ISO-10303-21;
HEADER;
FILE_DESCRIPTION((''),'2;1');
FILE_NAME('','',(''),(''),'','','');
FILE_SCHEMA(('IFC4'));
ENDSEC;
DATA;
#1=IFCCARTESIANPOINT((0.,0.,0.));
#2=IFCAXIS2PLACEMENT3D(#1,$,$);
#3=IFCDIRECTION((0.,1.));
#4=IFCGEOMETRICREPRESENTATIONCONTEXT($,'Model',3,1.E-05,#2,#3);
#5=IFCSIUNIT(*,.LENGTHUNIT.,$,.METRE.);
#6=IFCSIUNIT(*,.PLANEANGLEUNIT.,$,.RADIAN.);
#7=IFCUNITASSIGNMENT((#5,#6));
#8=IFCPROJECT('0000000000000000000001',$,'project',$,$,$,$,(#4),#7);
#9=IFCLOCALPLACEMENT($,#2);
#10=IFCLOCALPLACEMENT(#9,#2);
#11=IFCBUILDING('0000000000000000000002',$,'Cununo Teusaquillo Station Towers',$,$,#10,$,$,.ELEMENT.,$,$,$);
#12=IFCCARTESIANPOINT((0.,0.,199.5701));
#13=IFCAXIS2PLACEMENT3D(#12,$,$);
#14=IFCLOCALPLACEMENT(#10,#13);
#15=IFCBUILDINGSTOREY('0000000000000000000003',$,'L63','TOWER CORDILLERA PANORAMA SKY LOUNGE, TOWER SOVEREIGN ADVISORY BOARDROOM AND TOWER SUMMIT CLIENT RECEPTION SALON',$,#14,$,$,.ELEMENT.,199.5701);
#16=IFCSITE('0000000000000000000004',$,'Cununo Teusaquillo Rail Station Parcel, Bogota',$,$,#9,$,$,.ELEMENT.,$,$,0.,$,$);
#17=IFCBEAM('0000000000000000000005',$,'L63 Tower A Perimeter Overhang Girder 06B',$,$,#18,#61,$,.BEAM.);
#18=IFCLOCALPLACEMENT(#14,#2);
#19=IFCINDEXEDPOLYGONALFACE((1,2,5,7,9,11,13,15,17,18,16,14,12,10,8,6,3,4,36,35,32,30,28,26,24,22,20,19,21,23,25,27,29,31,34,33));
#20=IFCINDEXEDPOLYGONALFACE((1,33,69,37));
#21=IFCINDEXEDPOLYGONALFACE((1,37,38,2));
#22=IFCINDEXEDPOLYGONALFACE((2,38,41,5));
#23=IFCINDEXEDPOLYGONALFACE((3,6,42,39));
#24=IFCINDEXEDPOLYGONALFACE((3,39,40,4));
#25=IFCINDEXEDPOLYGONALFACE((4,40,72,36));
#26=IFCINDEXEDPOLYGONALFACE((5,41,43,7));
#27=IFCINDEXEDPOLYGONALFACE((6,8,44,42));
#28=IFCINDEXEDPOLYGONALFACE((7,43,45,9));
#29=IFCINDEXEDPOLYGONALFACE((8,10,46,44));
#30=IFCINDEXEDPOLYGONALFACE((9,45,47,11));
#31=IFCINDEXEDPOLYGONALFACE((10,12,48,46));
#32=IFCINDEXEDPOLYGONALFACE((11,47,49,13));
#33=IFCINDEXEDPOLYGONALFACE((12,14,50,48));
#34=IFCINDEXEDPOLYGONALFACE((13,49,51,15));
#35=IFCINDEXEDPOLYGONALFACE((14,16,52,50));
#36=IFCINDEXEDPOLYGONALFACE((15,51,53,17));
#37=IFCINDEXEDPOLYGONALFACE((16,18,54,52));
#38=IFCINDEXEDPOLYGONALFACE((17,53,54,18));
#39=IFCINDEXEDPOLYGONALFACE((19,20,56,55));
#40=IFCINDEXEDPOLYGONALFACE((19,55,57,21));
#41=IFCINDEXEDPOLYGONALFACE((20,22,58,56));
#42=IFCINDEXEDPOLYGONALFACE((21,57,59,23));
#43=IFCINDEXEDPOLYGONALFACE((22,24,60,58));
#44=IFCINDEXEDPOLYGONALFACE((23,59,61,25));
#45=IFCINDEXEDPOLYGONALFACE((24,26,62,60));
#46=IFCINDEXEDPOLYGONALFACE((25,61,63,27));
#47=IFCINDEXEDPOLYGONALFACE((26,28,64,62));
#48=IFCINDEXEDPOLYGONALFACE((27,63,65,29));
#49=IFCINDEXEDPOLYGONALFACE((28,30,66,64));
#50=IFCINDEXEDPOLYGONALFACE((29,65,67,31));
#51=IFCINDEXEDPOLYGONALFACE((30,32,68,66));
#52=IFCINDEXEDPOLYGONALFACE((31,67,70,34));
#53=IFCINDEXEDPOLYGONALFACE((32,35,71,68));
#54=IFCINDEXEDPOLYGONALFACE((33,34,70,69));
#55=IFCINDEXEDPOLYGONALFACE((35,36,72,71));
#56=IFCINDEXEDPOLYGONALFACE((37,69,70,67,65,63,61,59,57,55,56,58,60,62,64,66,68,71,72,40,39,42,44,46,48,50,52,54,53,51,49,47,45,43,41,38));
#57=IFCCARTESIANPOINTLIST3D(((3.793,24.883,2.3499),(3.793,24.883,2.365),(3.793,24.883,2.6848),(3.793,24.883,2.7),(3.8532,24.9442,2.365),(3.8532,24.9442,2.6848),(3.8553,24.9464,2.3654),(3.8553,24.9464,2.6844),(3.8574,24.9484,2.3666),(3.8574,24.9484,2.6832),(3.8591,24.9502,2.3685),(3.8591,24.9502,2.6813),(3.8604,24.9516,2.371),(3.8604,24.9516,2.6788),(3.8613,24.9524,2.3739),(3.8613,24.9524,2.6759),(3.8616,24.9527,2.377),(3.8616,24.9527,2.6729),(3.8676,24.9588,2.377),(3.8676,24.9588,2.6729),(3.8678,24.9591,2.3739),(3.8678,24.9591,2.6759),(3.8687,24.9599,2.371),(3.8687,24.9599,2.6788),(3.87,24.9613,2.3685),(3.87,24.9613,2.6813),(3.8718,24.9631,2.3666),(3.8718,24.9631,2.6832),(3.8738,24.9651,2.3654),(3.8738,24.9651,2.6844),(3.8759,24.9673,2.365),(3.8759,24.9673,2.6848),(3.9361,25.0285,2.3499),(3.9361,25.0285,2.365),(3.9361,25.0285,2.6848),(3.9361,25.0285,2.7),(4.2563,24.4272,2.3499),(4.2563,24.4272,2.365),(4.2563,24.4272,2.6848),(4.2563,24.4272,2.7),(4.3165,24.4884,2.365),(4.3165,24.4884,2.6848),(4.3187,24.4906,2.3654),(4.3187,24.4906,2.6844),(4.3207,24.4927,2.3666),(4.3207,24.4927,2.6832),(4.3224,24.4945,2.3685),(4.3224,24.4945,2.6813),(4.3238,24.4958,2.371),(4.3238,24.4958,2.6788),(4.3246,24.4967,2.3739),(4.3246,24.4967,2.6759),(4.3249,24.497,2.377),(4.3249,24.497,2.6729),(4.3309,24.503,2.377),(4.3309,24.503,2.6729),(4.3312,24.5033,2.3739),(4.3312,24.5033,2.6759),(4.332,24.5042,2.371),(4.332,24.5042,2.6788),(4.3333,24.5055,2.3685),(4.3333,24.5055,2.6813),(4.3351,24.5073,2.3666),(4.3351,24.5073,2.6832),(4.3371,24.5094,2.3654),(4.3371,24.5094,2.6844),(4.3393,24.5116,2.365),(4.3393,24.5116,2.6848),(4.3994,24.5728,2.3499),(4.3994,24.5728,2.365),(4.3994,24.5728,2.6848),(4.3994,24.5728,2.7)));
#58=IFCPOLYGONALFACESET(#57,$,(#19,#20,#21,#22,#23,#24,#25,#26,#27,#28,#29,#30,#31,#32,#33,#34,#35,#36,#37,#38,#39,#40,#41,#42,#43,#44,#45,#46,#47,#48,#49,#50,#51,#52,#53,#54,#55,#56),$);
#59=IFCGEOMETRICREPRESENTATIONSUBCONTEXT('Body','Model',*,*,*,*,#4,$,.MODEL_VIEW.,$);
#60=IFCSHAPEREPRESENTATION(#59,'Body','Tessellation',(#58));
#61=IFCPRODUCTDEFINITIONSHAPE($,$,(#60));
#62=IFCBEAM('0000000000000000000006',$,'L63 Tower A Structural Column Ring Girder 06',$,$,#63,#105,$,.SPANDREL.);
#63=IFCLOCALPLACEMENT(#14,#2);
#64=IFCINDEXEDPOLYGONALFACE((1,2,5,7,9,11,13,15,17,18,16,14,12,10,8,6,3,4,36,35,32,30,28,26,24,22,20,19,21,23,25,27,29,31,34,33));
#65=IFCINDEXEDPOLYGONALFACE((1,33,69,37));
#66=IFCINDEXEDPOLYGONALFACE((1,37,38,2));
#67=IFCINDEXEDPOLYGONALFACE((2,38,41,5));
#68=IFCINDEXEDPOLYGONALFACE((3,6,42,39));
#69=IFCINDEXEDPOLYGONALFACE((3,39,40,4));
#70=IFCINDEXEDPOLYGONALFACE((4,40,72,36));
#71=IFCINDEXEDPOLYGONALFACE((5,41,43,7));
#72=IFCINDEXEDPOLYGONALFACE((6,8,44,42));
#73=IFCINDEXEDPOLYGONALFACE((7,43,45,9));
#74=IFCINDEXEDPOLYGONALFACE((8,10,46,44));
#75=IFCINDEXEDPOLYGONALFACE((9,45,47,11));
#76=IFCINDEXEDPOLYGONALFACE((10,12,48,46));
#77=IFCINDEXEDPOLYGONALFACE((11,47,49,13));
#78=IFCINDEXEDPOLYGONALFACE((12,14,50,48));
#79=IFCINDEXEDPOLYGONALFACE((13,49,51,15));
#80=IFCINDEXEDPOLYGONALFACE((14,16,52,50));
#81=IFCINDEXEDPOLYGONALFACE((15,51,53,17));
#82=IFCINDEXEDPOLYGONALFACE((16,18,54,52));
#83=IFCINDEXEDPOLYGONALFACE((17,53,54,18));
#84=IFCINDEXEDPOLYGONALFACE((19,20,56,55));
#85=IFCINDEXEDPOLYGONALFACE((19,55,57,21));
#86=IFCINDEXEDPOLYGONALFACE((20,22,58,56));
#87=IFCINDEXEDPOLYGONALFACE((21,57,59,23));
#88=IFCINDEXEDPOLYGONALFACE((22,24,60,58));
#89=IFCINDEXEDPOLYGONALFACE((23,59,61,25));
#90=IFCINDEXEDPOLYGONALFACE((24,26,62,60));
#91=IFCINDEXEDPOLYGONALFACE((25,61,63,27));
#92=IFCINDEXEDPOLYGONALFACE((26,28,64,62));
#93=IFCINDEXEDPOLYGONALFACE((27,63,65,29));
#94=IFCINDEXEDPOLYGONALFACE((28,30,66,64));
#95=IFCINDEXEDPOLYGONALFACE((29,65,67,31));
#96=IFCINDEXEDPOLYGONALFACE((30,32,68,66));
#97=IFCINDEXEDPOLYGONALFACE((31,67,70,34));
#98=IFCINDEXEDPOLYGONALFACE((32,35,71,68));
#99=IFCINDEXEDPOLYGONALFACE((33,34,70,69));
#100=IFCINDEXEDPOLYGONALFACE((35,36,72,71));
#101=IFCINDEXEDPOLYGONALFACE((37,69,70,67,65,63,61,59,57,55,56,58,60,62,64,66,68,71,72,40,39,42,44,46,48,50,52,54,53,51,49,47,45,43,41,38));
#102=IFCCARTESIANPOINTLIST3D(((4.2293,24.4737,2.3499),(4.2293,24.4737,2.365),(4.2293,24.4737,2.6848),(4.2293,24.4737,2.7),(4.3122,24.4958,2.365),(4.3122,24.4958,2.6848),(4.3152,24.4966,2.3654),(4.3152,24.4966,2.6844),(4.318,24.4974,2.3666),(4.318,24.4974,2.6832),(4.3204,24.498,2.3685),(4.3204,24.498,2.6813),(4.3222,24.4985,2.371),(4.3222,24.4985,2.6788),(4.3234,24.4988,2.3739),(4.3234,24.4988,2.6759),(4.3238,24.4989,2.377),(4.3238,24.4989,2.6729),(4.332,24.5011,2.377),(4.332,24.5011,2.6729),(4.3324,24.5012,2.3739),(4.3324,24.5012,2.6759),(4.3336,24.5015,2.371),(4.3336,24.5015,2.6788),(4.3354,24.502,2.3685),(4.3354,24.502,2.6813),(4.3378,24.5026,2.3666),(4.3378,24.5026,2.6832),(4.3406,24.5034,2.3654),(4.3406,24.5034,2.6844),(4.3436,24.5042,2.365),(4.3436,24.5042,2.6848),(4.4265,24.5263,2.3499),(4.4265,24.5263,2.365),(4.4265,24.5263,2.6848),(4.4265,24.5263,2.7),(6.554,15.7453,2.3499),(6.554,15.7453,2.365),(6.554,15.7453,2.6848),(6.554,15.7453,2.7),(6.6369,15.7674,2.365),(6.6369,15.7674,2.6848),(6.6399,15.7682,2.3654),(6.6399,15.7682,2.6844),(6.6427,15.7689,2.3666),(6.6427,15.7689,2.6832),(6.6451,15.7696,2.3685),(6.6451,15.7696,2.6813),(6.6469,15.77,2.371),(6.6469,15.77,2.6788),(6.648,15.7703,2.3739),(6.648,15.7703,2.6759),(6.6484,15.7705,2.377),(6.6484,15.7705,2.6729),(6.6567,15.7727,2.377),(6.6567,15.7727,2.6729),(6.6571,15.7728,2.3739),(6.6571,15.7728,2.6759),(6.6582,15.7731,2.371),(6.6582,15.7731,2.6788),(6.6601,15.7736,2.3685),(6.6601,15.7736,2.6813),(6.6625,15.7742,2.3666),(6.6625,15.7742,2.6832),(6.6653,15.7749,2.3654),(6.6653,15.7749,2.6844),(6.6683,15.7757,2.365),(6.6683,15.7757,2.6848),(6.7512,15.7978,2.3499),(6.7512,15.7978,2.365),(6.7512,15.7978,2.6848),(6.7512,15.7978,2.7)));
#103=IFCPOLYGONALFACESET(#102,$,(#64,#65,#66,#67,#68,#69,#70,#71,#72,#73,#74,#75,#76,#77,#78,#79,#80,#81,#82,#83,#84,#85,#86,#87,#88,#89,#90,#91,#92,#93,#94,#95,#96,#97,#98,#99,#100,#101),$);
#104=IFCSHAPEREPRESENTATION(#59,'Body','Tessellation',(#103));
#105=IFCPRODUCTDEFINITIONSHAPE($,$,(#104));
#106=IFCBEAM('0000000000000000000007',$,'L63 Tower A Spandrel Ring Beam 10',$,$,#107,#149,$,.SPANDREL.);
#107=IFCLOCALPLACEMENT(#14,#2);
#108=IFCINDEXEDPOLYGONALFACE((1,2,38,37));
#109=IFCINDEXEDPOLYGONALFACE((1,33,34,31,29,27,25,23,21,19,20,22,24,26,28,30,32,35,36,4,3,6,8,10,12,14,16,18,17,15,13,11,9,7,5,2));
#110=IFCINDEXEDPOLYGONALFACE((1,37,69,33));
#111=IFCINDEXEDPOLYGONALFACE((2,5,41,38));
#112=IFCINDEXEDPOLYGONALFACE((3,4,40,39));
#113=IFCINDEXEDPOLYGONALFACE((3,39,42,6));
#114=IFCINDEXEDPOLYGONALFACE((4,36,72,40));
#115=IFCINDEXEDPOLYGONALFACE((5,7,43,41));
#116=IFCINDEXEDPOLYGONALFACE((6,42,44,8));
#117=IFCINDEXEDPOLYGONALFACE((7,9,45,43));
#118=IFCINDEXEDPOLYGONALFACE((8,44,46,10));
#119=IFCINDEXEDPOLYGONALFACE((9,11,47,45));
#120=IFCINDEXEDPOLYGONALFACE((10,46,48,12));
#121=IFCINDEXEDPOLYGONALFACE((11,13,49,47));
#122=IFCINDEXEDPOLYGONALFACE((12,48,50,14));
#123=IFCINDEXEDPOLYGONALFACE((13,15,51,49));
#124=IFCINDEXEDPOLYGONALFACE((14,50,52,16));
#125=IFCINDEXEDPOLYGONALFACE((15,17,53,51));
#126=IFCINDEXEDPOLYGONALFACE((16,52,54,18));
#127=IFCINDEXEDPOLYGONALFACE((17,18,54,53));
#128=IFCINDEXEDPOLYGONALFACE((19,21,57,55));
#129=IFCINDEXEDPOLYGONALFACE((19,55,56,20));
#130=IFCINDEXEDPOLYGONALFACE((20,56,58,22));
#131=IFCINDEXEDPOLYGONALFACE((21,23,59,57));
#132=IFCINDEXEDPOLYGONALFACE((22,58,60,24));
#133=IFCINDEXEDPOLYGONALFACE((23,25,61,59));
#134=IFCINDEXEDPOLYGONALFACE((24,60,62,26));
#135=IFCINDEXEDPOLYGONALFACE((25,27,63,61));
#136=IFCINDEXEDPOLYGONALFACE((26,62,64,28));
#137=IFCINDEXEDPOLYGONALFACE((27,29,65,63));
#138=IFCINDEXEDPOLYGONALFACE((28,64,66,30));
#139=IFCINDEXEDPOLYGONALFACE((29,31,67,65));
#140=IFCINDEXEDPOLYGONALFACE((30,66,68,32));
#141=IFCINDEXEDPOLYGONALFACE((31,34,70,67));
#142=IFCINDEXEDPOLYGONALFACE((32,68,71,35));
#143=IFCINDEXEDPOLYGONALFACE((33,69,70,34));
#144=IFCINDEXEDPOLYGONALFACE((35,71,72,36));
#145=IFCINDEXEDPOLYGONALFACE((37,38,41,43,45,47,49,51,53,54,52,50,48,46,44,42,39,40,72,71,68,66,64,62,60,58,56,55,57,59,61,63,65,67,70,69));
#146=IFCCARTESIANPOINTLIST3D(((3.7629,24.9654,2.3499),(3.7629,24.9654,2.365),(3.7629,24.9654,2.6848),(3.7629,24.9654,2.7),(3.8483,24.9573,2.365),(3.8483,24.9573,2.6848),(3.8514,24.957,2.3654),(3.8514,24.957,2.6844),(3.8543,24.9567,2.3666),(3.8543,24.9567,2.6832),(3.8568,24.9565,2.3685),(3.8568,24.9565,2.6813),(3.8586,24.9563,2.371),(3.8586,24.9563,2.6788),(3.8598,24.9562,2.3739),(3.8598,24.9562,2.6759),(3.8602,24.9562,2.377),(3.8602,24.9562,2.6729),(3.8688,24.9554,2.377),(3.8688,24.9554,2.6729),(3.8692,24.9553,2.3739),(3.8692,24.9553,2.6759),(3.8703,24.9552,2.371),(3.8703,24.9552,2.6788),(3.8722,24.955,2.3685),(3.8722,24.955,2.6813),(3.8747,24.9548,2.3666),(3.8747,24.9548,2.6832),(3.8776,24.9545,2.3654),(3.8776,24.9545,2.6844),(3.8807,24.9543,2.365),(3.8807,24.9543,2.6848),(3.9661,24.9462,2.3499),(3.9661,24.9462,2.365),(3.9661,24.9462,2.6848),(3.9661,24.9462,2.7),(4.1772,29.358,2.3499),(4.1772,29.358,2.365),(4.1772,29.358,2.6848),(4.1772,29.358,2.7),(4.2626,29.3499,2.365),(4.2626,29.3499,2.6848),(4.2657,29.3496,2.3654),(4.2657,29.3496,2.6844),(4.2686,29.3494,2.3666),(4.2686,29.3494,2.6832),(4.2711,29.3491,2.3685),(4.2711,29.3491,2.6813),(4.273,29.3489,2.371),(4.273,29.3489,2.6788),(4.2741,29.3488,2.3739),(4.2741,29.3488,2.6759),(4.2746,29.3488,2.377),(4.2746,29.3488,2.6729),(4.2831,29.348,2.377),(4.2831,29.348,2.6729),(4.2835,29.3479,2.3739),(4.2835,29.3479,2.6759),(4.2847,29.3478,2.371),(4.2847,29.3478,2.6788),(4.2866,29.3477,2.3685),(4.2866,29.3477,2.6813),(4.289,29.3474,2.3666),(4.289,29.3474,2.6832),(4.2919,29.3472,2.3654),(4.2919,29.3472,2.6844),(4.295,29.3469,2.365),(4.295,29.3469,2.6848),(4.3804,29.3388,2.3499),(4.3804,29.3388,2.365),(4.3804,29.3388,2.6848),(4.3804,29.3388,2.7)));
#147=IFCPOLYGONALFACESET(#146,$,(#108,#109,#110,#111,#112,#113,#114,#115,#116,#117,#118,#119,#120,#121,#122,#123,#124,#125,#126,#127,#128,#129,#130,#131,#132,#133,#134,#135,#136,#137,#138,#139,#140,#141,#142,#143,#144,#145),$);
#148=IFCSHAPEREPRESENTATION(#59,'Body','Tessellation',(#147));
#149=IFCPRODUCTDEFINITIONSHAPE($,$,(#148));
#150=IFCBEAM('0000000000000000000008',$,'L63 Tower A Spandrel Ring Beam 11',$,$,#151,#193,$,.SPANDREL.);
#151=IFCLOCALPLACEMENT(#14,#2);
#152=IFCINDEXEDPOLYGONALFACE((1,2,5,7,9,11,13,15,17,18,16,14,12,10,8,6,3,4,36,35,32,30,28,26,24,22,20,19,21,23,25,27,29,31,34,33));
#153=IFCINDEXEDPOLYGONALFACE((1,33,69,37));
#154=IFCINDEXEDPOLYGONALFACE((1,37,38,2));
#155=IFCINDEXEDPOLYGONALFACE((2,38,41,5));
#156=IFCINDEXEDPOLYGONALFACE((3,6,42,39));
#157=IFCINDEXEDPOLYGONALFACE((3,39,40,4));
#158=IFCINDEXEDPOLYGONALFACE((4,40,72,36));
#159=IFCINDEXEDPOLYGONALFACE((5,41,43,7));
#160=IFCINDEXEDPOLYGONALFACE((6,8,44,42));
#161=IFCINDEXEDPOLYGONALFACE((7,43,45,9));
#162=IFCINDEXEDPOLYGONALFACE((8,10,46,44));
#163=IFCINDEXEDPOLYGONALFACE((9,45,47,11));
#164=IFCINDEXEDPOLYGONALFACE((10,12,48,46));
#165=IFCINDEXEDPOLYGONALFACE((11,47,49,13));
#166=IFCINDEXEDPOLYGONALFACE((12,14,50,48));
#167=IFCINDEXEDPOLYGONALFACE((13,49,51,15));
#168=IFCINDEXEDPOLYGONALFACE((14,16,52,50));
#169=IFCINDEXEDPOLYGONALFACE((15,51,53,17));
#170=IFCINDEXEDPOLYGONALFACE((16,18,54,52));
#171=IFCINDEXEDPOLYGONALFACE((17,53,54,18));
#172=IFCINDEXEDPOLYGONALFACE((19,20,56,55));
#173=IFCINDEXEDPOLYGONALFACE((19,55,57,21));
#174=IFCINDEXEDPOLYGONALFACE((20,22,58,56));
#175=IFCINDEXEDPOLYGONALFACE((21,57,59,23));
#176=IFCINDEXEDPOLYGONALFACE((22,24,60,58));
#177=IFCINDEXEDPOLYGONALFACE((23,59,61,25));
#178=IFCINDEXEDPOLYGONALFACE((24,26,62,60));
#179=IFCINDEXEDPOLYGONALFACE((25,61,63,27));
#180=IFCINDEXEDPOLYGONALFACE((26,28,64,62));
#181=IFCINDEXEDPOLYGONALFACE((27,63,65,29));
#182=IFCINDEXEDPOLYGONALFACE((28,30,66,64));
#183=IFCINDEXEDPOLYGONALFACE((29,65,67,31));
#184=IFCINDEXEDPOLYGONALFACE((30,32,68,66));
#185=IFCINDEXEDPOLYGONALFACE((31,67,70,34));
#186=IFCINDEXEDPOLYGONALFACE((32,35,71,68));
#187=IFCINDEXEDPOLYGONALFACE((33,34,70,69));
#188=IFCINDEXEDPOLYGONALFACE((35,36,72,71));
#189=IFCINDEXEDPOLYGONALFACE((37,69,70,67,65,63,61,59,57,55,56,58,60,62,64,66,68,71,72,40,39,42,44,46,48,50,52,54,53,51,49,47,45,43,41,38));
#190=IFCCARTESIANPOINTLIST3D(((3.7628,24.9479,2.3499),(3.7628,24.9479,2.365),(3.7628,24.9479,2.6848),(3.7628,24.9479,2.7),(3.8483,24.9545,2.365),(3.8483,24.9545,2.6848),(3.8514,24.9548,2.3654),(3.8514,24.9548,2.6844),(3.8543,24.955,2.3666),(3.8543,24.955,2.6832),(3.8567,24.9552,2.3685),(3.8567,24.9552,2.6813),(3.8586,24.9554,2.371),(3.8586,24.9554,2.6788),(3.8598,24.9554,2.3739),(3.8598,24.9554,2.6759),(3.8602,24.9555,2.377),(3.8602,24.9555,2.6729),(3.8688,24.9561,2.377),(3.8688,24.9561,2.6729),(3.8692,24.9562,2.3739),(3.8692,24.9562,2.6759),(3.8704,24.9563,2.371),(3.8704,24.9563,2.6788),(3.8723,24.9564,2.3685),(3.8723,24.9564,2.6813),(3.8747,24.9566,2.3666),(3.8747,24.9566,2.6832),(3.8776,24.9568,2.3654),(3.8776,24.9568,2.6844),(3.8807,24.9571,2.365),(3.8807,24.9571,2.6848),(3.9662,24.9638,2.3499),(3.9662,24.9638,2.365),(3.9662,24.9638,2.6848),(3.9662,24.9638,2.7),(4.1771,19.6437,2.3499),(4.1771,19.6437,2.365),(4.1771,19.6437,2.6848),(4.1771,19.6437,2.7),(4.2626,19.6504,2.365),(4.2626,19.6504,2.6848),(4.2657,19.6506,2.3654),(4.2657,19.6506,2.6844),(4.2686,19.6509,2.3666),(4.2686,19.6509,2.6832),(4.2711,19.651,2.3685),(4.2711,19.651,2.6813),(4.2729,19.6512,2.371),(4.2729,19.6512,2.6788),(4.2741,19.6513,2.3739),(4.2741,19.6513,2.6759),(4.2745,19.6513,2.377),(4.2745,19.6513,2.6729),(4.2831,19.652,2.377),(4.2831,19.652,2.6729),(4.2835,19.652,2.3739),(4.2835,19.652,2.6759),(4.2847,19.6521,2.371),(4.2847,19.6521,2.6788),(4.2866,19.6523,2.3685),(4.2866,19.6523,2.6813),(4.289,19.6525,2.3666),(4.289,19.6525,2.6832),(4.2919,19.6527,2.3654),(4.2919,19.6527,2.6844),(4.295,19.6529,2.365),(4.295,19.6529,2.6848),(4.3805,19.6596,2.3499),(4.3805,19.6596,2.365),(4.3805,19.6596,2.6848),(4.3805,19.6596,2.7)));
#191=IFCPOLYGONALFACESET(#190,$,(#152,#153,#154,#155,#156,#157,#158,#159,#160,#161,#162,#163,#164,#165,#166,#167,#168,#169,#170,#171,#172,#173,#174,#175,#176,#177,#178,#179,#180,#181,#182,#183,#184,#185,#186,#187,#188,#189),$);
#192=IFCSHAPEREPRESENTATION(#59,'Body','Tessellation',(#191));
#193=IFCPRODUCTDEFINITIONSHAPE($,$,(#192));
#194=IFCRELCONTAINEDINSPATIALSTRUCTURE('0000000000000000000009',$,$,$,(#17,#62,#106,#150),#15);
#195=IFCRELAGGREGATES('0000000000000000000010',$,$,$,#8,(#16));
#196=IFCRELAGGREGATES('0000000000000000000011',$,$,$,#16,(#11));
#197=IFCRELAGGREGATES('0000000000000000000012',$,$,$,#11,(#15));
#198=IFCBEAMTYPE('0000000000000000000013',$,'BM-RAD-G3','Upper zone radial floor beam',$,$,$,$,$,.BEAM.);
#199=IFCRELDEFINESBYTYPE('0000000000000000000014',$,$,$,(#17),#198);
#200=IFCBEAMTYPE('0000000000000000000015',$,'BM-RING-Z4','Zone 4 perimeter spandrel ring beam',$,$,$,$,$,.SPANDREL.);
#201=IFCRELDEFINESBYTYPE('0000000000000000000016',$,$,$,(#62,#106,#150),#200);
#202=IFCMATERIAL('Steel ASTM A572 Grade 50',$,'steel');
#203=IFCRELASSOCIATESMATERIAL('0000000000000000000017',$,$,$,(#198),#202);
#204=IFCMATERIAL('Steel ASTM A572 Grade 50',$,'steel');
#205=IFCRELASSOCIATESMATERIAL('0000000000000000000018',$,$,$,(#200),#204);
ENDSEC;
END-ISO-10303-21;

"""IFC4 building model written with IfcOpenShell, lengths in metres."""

from ifc_helpers import new_model, si_unit, direction, frame, origin, origin_2d, place, context, subcontext, project, spatial, i_section, extrude, material, material_profile, profile_set, type_object, element, save


model = new_model("IFC4")

# Units and contexts
model_context = context("Model", 3, precision=1e-05, world=origin(), true_north=direction((0.0, 1.0)))
body_context = subcontext(model_context, "Body", "Model", "MODEL_VIEW")
ifc_project = project(units=[si_unit("LENGTHUNIT", "METRE"), si_unit("PLANEANGLEUNIT", "RADIAN")], contexts=[model_context])

# Site, building, storey
site_placement = place(None, origin())
site = spatial("IfcSite", under=ifc_project, at=site_placement, Name="Cununo Teusaquillo Rail Station Parcel, Bogota", CompositionType="ELEMENT", RefElevation=0.0)
building_placement = place(site_placement, origin())
building = spatial("IfcBuilding", under=site, at=building_placement, Name="Cununo Teusaquillo Station Towers", CompositionType="ELEMENT")
storey_placement = place(building_placement, frame((0.0, 0.0, 199.5701)))
storey = spatial("IfcBuildingStorey", under=building, at=storey_placement, Name="L63", Description="TOWER CORDILLERA PANORAMA SKY LOUNGE, TOWER SOVEREIGN ADVISORY BOARDROOM AND TOWER SUMMIT CLIENT RECEPTION SALON", CompositionType="ELEMENT", Elevation=199.5701)

# Beams
ifc_material_1 = material(Name="Steel ASTM A572 Grade 50", Category="steel")
ifc_material_profile_1 = material_profile(ifc_material_1, i_section(OverallWidth=0.2041, OverallDepth=0.3501, WebThickness=0.0085, FlangeThickness=0.0151, FilletRadius=0.012, at=origin_2d()), Name="W14X48")
ifc_profile_set_1 = profile_set([ifc_material_profile_1], Name="Steel ASTM A572 Grade 50")
beam_type_1 = type_object("IfcBeamType", Name="BM-RAD-G3", Description="Upper zone radial floor beam", PredefinedType="BEAM", material=ifc_profile_set_1)
beam_1_placement = place(storey_placement, frame((4.3279, 24.5, 2.5249), z_axis=(-0.712905, 0.701261, 0.0), x_axis=(-0.701261, -0.712905, 0.0)))
element("IfcBeam", 1, at=beam_1_placement, inside=storey, type_object=beam_type_1, Name="L63 Tower A Perimeter Overhang Girder 06B", PredefinedType="BEAM", context=body_context, shape_type="SweptSolid", body=[
    extrude(i_section(OverallWidth=0.2041, OverallDepth=0.3501, WebThickness=0.0085, FlangeThickness=0.0151, FilletRadius=0.012, at=origin_2d()), origin(), (0.0, 0.0, 1.0), 0.6499),
])
ifc_material_2 = material(Name="Steel ASTM A572 Grade 50", Category="steel")
ifc_material_profile_2 = material_profile(ifc_material_2, i_section(OverallWidth=0.2041, OverallDepth=0.3501, WebThickness=0.0085, FlangeThickness=0.0151, FilletRadius=0.012, at=origin_2d()), Name="W14X48")
ifc_profile_set_2 = profile_set([ifc_material_profile_2], Name="Steel ASTM A572 Grade 50")
beam_type_2 = type_object("IfcBeamType", Name="BM-RING-Z4", Description="Zone 4 perimeter spandrel ring beam", PredefinedType="SPANDREL", material=ifc_profile_set_2)
beam_2_placement = place(storey_placement, frame((4.3279, 24.5, 2.5249), z_axis=(0.257363, -0.966315, 0.0), x_axis=(0.966315, 0.257363, 0.0)))
element("IfcBeam", 2, at=beam_2_placement, inside=storey, type_object=beam_type_2, Name="L63 Tower A Structural Column Ring Girder 06", PredefinedType="SPANDREL", context=body_context, shape_type="SweptSolid", body=[
    extrude(i_section(OverallWidth=0.2041, OverallDepth=0.3501, WebThickness=0.0085, FlangeThickness=0.0151, FilletRadius=0.012, at=origin_2d()), origin(), (0.0, 0.0, 1.0), 9.0327),
])
beam_3_placement = place(storey_placement, frame((4.2788, 29.3484, 2.5249), z_axis=(-0.093903, -0.995581, 0.0), x_axis=(0.995581, -0.093903, 0.0)))
element("IfcBeam", 3, at=beam_3_placement, inside=storey, type_object=beam_type_2, Name="L63 Tower A Spandrel Ring Beam 10", PredefinedType="SPANDREL", context=body_context, shape_type="SweptSolid", body=[
    extrude(i_section(OverallWidth=0.2041, OverallDepth=0.3501, WebThickness=0.0085, FlangeThickness=0.0151, FilletRadius=0.012, at=origin_2d()), origin(), (0.0, 0.0, 1.0), 4.4121),
])
beam_4_placement = place(storey_placement, frame((3.8645, 24.9558, 2.5249), z_axis=(0.077872, -0.996963, 0.0), x_axis=(0.996963, 0.077872, 0.0)))
element("IfcBeam", 4, at=beam_4_placement, inside=storey, type_object=beam_type_2, Name="L63 Tower A Spandrel Ring Beam 11", PredefinedType="SPANDREL", context=body_context, shape_type="SweptSolid", body=[
    extrude(i_section(OverallWidth=0.2041, OverallDepth=0.3501, WebThickness=0.0085, FlangeThickness=0.0151, FilletRadius=0.012, at=origin_2d()), origin(), (0.0, 0.0, 1.0), 5.3203),
])

save(model, "model.ifc")
